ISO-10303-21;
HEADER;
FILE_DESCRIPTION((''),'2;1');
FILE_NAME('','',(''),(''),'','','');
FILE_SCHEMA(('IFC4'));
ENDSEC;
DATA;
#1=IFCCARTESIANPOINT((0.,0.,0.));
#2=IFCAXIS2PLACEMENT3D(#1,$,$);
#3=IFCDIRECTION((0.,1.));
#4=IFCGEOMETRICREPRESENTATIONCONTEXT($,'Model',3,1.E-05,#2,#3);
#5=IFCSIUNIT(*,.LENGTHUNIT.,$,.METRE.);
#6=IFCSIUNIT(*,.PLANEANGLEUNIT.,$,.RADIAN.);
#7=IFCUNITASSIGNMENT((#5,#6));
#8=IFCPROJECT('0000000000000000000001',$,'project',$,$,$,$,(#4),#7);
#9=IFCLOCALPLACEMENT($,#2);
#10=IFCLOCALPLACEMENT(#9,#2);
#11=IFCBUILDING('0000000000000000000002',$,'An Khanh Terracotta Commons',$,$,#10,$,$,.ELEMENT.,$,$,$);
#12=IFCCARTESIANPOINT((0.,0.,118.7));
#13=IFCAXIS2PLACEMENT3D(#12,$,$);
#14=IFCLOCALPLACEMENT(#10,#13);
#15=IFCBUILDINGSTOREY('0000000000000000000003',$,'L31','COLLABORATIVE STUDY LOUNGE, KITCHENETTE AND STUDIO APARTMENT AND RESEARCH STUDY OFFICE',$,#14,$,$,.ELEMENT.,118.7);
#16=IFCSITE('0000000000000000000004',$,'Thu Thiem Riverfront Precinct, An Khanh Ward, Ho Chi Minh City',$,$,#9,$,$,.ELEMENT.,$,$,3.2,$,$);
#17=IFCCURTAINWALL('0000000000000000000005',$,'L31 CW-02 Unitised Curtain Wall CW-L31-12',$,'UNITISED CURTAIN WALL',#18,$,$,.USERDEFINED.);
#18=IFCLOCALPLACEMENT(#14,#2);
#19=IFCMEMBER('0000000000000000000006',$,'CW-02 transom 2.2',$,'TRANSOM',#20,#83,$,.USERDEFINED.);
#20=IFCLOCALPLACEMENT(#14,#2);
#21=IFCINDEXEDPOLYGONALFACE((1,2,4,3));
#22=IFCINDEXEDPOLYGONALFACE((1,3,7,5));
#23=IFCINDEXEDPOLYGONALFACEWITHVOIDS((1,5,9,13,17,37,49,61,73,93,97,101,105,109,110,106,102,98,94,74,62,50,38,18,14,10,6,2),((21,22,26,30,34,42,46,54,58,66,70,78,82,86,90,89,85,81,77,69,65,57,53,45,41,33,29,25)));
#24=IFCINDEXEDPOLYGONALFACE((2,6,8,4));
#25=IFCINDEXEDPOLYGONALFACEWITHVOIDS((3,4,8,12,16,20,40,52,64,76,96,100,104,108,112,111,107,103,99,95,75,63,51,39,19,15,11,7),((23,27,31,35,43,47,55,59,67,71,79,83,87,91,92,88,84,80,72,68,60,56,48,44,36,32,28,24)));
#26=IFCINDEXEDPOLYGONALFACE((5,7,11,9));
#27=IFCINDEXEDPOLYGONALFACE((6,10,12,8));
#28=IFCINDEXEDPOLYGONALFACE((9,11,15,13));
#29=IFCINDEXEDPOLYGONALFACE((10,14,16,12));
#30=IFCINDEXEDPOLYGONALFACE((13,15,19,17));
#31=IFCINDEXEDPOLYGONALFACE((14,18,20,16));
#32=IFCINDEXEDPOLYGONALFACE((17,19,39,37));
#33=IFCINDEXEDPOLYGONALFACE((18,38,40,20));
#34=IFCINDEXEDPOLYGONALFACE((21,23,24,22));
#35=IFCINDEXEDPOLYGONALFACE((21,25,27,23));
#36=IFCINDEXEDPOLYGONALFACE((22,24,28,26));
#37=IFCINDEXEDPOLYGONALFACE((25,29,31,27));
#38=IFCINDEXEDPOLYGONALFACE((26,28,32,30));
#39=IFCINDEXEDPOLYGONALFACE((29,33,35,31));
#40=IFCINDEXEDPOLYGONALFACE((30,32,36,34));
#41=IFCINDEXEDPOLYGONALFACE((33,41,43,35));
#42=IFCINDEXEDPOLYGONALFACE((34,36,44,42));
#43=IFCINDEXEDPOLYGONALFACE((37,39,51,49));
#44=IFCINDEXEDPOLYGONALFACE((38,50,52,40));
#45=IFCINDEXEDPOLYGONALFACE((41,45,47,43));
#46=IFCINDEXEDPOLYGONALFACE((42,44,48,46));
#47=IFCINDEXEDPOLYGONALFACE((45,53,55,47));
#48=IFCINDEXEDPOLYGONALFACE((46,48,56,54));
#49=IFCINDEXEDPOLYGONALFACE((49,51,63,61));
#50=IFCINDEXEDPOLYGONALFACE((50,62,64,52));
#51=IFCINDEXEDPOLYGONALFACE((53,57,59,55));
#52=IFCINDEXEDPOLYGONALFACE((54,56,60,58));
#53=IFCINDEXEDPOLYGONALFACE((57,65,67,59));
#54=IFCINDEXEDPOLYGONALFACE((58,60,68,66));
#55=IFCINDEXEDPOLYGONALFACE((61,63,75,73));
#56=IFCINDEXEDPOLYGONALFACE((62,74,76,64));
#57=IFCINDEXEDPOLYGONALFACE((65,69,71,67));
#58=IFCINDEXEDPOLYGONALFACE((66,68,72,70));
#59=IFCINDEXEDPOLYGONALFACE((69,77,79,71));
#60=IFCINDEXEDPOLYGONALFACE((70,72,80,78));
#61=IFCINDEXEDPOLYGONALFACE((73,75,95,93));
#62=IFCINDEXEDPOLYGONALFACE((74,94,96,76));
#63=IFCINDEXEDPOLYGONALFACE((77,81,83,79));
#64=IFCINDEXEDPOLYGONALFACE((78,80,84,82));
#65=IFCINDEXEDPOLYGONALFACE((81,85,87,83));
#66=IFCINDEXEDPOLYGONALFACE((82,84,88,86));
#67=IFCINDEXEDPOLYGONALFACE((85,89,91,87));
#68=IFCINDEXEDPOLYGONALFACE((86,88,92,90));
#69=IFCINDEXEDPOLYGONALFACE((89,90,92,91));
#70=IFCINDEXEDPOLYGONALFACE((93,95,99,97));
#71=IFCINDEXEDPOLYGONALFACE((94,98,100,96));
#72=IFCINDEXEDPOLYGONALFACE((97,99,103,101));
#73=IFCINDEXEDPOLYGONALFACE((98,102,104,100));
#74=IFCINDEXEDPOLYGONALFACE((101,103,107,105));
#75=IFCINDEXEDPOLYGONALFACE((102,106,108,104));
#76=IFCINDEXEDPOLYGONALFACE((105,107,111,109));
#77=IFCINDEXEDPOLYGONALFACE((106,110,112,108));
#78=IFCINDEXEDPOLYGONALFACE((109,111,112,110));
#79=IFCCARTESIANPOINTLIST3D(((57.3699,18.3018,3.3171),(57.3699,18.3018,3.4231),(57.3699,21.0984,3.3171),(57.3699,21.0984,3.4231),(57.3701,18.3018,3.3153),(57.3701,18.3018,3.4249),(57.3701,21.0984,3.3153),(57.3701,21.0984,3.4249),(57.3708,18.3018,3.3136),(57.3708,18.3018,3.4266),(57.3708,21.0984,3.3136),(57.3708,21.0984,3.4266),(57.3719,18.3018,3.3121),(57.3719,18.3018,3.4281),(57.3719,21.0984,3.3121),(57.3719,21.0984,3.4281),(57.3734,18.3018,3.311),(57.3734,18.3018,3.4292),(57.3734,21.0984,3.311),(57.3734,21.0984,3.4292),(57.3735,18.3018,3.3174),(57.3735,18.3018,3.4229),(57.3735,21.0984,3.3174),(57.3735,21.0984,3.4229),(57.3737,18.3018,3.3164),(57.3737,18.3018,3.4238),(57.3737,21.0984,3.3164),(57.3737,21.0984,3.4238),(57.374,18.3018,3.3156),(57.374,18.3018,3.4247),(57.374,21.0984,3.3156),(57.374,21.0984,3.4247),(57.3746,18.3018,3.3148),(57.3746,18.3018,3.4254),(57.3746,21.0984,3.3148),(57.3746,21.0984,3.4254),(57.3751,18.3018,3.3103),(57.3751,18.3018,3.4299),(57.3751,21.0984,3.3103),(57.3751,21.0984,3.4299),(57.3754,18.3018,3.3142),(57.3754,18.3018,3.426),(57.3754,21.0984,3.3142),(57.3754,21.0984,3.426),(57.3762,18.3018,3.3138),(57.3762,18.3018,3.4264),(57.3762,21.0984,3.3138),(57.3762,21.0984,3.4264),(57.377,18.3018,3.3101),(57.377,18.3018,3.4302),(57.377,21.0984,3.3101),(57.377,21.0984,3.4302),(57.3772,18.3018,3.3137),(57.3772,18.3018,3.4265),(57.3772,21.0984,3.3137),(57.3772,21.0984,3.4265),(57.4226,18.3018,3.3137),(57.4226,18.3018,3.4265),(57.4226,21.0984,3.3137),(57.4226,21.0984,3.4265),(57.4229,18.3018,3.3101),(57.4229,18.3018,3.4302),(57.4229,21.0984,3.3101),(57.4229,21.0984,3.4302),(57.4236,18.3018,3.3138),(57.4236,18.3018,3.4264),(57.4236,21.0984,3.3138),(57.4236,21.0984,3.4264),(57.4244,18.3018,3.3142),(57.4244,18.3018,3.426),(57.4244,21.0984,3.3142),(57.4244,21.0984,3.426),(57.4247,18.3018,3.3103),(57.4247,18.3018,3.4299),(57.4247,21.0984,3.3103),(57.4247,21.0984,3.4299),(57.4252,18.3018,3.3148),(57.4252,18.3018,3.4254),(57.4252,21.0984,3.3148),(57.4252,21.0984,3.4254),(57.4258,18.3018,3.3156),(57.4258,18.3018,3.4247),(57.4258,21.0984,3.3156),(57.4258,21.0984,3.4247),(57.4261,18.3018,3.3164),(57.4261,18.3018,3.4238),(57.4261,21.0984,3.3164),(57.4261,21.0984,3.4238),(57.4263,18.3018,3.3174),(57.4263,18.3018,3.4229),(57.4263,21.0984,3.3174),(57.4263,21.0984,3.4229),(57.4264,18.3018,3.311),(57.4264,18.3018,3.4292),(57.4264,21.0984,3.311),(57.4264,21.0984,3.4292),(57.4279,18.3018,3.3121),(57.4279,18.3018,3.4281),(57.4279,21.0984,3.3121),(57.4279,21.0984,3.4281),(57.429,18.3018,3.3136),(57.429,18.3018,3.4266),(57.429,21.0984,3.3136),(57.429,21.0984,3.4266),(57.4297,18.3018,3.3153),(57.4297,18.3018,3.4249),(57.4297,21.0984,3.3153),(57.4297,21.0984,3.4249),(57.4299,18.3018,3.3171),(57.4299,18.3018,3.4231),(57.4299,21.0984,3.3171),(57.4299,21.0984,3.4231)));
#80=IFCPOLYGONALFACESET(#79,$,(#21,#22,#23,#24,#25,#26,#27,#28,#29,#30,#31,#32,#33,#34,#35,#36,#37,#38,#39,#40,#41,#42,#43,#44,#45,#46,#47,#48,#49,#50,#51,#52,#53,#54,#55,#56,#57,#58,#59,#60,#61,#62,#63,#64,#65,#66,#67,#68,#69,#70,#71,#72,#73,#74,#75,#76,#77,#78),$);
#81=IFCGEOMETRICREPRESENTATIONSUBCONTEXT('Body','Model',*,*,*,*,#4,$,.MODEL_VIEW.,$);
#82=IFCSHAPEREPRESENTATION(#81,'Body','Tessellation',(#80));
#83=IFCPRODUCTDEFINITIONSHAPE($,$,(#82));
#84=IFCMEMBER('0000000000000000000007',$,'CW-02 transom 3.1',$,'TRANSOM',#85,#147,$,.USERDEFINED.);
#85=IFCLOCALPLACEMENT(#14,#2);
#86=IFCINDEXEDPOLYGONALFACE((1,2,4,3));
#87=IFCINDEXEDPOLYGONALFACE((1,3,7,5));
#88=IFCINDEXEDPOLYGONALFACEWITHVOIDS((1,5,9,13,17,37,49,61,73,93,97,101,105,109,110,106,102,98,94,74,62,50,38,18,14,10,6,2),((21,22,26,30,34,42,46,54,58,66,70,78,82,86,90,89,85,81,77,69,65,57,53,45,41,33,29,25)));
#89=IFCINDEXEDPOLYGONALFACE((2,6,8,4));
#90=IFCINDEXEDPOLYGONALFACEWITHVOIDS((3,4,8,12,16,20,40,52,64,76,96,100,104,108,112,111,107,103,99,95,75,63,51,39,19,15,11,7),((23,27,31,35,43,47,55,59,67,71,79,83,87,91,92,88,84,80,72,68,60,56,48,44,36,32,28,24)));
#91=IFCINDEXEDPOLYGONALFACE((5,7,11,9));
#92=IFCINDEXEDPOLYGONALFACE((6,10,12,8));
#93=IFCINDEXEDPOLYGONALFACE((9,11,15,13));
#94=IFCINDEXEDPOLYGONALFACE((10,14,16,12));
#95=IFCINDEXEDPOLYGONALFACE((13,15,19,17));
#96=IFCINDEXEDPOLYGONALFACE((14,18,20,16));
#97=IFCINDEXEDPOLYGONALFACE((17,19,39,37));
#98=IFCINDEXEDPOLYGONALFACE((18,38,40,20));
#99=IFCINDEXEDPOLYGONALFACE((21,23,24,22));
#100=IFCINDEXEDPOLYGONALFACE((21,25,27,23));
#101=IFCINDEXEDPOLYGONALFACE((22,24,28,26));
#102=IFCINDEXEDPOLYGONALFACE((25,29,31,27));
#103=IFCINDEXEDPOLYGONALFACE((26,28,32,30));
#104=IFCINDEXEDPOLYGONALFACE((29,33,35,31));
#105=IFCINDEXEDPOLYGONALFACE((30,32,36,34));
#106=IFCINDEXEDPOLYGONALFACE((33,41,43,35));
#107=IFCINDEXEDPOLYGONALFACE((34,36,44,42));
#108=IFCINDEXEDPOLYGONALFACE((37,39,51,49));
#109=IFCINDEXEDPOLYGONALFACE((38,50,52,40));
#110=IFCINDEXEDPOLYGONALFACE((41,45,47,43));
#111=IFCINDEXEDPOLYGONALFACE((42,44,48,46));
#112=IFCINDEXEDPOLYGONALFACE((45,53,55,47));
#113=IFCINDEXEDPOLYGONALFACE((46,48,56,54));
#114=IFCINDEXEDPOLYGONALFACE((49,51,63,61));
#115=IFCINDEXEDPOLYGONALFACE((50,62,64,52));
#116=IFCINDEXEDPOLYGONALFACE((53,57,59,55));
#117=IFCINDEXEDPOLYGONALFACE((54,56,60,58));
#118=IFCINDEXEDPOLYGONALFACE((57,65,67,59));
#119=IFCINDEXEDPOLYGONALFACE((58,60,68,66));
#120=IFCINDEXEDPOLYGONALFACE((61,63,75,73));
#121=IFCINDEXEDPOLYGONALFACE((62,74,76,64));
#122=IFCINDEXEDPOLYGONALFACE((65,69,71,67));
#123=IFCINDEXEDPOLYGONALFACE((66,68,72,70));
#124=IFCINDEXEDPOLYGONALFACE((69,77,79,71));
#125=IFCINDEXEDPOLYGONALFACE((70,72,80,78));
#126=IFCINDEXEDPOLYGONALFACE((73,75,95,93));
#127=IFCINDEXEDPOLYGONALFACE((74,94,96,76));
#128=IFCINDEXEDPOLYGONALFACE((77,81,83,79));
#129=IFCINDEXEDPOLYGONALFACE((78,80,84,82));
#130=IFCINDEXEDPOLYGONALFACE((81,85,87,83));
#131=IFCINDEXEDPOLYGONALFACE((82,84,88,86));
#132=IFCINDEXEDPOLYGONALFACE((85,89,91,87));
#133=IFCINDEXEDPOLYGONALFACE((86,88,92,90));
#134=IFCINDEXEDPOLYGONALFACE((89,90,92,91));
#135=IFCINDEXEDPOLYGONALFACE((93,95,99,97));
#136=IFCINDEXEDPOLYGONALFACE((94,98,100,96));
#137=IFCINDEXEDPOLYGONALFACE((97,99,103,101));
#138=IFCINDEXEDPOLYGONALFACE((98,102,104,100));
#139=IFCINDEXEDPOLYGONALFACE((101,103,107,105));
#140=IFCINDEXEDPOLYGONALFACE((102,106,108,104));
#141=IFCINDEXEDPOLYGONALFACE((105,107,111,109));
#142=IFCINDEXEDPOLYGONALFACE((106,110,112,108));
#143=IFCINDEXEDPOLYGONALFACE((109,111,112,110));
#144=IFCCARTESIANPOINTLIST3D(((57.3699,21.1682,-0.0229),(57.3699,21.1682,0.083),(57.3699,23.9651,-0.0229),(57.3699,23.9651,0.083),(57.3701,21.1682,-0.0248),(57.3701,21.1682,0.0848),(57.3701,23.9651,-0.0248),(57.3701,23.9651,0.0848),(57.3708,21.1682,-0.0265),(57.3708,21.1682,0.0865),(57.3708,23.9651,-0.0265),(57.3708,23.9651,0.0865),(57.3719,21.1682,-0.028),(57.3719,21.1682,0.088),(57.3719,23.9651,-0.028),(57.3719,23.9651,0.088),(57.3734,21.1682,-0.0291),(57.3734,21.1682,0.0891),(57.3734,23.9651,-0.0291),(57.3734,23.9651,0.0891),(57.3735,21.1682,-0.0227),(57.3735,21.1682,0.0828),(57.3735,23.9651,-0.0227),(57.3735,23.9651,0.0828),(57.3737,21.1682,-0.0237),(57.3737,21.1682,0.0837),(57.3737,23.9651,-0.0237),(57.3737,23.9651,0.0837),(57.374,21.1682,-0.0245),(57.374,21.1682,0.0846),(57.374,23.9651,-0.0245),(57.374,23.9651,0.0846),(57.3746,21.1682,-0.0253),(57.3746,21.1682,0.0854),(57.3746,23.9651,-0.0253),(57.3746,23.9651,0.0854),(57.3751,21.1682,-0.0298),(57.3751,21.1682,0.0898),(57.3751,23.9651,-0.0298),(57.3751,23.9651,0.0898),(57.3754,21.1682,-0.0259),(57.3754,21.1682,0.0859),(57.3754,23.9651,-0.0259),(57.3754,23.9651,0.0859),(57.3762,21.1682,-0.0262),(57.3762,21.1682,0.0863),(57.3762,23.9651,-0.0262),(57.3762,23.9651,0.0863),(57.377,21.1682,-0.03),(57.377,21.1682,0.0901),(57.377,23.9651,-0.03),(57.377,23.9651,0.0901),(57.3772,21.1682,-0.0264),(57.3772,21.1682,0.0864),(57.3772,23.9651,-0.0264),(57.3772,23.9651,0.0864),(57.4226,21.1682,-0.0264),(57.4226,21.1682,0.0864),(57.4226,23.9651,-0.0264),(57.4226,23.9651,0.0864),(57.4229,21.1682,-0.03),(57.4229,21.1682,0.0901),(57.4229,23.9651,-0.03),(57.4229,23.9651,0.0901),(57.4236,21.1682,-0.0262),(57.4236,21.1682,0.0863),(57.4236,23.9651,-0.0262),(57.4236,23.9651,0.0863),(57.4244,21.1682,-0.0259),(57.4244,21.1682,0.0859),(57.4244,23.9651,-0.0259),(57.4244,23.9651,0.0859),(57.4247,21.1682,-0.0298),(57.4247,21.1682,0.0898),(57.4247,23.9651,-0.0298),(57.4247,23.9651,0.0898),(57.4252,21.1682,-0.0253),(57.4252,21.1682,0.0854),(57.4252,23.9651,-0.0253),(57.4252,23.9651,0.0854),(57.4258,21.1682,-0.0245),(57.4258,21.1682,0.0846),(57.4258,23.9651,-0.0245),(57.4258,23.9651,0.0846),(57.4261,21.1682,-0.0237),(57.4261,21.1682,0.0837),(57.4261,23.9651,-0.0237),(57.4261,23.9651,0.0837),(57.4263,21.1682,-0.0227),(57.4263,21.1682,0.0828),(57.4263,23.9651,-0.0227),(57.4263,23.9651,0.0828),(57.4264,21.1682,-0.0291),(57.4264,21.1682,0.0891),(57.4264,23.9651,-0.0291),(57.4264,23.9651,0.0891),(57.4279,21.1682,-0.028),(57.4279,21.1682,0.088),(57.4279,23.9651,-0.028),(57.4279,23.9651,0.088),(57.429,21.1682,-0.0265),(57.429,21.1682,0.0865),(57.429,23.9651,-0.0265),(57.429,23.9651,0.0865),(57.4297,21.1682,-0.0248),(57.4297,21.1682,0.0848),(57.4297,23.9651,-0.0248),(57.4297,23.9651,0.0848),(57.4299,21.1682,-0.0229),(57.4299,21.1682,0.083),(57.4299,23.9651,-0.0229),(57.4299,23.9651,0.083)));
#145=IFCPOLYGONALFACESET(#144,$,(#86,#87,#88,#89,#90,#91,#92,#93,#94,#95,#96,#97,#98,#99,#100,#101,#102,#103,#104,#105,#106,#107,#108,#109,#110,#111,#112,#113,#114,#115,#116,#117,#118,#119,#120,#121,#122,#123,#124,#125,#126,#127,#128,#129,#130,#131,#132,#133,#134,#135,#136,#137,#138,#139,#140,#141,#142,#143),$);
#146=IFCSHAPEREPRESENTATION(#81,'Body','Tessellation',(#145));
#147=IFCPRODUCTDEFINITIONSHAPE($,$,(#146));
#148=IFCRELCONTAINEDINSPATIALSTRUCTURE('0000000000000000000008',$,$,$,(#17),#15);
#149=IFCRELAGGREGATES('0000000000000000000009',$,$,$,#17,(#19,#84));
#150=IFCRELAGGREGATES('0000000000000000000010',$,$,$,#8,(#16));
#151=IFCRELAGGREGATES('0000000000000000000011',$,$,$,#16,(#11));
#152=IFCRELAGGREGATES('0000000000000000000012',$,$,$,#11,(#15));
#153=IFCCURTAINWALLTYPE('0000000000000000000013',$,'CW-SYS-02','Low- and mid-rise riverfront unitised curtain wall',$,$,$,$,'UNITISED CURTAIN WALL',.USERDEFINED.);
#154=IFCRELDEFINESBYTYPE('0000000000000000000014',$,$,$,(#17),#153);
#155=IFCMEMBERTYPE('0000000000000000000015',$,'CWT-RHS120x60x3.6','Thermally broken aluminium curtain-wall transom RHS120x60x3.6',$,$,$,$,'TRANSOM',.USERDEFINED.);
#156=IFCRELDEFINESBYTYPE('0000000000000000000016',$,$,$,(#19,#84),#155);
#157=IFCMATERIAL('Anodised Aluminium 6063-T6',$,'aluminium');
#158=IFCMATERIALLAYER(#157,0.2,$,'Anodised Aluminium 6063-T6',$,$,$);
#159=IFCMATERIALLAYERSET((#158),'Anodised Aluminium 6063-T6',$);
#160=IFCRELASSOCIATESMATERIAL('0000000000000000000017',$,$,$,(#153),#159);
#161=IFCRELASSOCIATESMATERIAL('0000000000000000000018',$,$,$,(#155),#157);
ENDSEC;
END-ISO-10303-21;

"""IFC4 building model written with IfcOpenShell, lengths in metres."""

from ifc_helpers import new_model, si_unit, direction, frame, origin, origin_2d, place, context, subcontext, project, spatial, hollow_rectangle, extrude, material, layer, layer_set, material_profile, profile_set, type_object, element, aggregate, save


model = new_model("IFC4")

# Units and contexts
model_context = context("Model", 3, precision=1e-05, world=origin(), true_north=direction((0.0, 1.0)))
body_context = subcontext(model_context, "Body", "Model", "MODEL_VIEW")
ifc_project = project(units=[si_unit("LENGTHUNIT", "METRE"), si_unit("PLANEANGLEUNIT", "RADIAN")], contexts=[model_context])

# Site, building, storey
site_placement = place(None, origin())
site = spatial("IfcSite", under=ifc_project, at=site_placement, Name="Thu Thiem Riverfront Precinct, An Khanh Ward, Ho Chi Minh City", CompositionType="ELEMENT", RefElevation=3.2)
building_placement = place(site_placement, origin())
building = spatial("IfcBuilding", under=site, at=building_placement, Name="An Khanh Terracotta Commons", CompositionType="ELEMENT")
storey_placement = place(building_placement, frame((0.0, 0.0, 118.7)))
storey = spatial("IfcBuildingStorey", under=building, at=storey_placement, Name="L31", Description="COLLABORATIVE STUDY LOUNGE, KITCHENETTE AND STUDIO APARTMENT AND RESEARCH STUDY OFFICE", CompositionType="ELEMENT", Elevation=118.7)

# Curtain wall
ifc_material_1 = material(Name="Anodised Aluminium 6063-T6", Category="aluminium")
ifc_layer_1 = layer(ifc_material_1, 0.2, Name="Anodised Aluminium 6063-T6")
ifc_layer_set_1 = layer_set([ifc_layer_1], Name="Anodised Aluminium 6063-T6")
curtain_wall_type = type_object("IfcCurtainWallType", Name="CW-SYS-02", Description="Low- and mid-rise riverfront unitised curtain wall", ElementType="UNITISED CURTAIN WALL", PredefinedType="USERDEFINED", material=ifc_layer_set_1)
curtain_wall_1_placement = place(storey_placement, origin())
curtain_wall_1 = element("IfcCurtainWall", 1, at=curtain_wall_1_placement, inside=storey, type_object=curtain_wall_type, Name="L31 CW-02 Unitised Curtain Wall CW-L31-12", ObjectType="UNITISED CURTAIN WALL", PredefinedType="USERDEFINED")

# Members
ifc_material_profile_1 = material_profile(ifc_material_1, hollow_rectangle(XDim=0.0601, YDim=0.1201, WallThickness=0.0037, InnerFilletRadius=0.0037, OuterFilletRadius=0.0071, at=origin_2d()), Name="RHS120x60x3.6")
ifc_profile_set_1 = profile_set([ifc_material_profile_1], Name="Anodised Aluminium 6063-T6")
member_type_1 = type_object("IfcMemberType", Name="CWT-RHS120x60x3.6", Description="Thermally broken aluminium curtain-wall transom RHS120x60x3.6", ElementType="TRANSOM", PredefinedType="USERDEFINED", material=ifc_profile_set_1)
member_1_placement = place(storey_placement, frame((57.3999, 18.3018, 3.3701), z_axis=(0.0, 1.0, 0.0), x_axis=(-1.0, 0.0, 0.0)))
member_1 = element("IfcMember", 2, at=member_1_placement, type_object=member_type_1, Name="CW-02 transom 2.2", ObjectType="TRANSOM", PredefinedType="USERDEFINED", context=body_context, shape_type="SweptSolid", body=[
    extrude(hollow_rectangle(XDim=0.0601, YDim=0.1201, WallThickness=0.0037, InnerFilletRadius=0.0037, OuterFilletRadius=0.0071, at=origin_2d()), origin(), (0.0, 0.0, 1.0), 2.7966),
])
member_2_placement = place(storey_placement, frame((57.3999, 21.1682, 0.03), z_axis=(0.0, 1.0, 0.0), x_axis=(-1.0, 0.0, 0.0)))
member_2 = element("IfcMember", 3, at=member_2_placement, type_object=member_type_1, Name="CW-02 transom 3.1", ObjectType="TRANSOM", PredefinedType="USERDEFINED", context=body_context, shape_type="SweptSolid", body=[
    extrude(hollow_rectangle(XDim=0.0601, YDim=0.1201, WallThickness=0.0037, InnerFilletRadius=0.0037, OuterFilletRadius=0.0071, at=origin_2d()), origin(), (0.0, 0.0, 1.0), 2.7969),
])

aggregate(curtain_wall_1, [member_1, member_2])

save(model, "model.ifc")
